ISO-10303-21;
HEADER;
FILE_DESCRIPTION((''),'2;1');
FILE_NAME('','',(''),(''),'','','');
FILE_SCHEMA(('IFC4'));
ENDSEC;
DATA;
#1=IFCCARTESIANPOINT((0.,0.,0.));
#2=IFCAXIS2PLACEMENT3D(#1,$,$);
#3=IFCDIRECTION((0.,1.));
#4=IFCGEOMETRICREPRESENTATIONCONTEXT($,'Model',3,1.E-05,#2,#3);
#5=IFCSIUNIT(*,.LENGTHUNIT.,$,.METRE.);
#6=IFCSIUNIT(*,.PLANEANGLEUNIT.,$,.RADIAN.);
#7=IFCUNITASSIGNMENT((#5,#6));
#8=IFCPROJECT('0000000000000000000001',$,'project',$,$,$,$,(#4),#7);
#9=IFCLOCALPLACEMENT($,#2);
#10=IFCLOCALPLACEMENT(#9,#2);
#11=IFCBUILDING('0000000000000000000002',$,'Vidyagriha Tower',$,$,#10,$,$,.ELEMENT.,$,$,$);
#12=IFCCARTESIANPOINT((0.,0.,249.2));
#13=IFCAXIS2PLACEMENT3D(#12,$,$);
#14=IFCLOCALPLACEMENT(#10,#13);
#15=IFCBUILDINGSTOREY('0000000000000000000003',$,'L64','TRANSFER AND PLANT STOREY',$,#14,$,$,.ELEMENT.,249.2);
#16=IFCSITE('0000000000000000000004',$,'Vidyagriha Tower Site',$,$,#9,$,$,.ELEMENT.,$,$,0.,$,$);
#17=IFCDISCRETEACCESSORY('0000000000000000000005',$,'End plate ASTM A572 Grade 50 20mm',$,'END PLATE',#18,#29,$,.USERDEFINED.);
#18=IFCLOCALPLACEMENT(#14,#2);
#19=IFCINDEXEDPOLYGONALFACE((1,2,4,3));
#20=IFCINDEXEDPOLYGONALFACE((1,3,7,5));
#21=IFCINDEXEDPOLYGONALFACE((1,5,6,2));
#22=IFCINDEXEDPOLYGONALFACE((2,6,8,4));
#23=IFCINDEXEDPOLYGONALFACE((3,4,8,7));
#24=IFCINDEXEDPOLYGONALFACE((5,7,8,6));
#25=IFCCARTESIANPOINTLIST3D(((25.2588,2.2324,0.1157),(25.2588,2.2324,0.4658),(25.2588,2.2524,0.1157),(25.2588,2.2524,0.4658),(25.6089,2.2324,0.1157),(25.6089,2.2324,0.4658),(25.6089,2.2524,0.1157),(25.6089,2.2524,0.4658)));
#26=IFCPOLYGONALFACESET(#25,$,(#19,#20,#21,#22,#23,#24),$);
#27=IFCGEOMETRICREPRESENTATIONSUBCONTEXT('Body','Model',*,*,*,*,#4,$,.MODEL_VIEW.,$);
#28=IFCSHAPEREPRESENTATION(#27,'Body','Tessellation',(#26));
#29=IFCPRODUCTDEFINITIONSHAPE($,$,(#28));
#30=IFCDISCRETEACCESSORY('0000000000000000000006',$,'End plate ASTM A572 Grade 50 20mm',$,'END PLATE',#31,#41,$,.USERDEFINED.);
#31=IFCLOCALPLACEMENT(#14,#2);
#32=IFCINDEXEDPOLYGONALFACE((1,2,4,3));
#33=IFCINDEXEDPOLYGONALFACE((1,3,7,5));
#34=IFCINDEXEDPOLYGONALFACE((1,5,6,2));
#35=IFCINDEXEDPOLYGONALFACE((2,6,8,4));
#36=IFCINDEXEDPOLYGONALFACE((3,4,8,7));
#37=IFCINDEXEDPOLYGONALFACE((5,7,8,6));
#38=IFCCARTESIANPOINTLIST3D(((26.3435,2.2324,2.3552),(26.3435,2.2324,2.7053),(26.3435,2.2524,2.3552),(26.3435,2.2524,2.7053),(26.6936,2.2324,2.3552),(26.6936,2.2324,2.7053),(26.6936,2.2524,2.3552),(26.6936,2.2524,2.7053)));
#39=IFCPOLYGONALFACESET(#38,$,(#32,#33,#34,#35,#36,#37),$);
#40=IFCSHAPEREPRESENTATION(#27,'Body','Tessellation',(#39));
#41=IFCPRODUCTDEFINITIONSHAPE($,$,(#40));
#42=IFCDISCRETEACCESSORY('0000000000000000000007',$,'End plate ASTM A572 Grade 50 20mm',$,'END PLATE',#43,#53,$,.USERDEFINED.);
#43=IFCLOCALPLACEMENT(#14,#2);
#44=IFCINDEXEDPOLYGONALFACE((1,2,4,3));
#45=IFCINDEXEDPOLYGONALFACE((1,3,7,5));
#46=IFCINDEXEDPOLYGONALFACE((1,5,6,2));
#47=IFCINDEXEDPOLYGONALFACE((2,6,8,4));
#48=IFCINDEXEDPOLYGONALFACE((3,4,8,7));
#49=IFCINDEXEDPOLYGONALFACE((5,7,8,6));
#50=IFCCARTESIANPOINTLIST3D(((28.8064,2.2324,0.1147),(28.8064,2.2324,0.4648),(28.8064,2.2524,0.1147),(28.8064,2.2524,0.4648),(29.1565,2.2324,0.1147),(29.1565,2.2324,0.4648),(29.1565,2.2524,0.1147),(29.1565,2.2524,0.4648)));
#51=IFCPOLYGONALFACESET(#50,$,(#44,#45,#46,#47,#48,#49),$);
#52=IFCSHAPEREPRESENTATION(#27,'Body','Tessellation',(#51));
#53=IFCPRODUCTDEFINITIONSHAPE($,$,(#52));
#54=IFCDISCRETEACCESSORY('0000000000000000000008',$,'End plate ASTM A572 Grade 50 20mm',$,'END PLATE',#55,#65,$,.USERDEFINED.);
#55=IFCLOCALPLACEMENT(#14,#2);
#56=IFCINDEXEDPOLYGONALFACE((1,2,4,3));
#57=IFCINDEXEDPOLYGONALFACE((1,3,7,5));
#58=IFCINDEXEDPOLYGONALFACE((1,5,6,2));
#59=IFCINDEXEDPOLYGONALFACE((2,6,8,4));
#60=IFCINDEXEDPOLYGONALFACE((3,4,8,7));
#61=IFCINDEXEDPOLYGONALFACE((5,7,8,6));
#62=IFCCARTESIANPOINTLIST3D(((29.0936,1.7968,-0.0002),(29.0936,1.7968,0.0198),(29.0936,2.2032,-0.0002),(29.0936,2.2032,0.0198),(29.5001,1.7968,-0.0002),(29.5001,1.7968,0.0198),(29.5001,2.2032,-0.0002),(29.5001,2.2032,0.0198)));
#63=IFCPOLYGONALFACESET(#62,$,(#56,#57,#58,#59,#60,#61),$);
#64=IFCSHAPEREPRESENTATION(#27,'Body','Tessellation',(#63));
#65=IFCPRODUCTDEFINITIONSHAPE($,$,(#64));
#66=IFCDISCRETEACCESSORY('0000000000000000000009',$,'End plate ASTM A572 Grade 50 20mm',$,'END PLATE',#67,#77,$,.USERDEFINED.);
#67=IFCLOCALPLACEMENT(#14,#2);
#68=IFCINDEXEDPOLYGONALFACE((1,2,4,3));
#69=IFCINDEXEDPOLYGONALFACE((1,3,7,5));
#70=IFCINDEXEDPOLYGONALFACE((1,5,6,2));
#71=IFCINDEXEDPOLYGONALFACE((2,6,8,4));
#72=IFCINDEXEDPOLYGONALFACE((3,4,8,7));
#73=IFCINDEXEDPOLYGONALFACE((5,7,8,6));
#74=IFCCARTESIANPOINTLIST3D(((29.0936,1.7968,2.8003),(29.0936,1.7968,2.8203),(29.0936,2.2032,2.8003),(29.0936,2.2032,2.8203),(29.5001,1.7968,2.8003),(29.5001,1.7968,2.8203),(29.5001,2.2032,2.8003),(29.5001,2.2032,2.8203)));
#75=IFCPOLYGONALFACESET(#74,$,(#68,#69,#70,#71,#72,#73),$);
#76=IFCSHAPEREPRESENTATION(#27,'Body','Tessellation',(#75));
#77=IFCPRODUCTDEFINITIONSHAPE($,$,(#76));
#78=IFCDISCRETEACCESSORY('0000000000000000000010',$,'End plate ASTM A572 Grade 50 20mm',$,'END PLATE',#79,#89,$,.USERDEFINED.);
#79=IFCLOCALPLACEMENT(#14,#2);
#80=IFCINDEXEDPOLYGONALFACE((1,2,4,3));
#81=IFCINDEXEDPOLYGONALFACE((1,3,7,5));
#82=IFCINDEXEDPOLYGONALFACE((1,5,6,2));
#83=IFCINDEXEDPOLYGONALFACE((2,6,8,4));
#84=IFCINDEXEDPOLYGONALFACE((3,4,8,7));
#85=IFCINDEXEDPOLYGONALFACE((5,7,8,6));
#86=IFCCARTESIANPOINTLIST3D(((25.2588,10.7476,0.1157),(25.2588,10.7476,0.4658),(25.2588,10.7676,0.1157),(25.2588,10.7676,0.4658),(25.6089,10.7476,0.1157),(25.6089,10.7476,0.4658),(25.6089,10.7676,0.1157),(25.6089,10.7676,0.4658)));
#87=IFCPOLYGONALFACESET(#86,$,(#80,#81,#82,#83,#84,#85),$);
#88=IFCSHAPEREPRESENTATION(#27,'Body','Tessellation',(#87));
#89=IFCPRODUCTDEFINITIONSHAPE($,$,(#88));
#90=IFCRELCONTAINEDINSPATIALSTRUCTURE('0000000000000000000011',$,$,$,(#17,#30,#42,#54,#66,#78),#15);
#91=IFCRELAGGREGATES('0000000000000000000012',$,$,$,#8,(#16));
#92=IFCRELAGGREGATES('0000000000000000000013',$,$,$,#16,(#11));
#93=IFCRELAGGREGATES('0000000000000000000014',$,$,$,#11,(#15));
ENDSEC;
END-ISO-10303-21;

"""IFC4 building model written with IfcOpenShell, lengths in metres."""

from ifc_helpers import new_model, si_unit, direction, frame, origin, origin_2d, place, context, subcontext, project, spatial, rectangle, extrude, element, save


model = new_model("IFC4")

# Units and contexts
model_context = context("Model", 3, precision=1e-05, world=origin(), true_north=direction((0.0, 1.0)))
body_context = subcontext(model_context, "Body", "Model", "MODEL_VIEW")
ifc_project = project(units=[si_unit("LENGTHUNIT", "METRE"), si_unit("PLANEANGLEUNIT", "RADIAN")], contexts=[model_context])

# Site, building, storey
site_placement = place(None, origin())
site = spatial("IfcSite", under=ifc_project, at=site_placement, Name="Vidyagriha Tower Site", CompositionType="ELEMENT", RefElevation=0.0)
building_placement = place(site_placement, origin())
building = spatial("IfcBuilding", under=site, at=building_placement, Name="Vidyagriha Tower", CompositionType="ELEMENT")
storey_placement = place(building_placement, frame((0.0, 0.0, 249.2)))
storey = spatial("IfcBuildingStorey", under=building, at=storey_placement, Name="L64", Description="TRANSFER AND PLANT STOREY", CompositionType="ELEMENT", Elevation=249.2)

# Discrete accessories
discrete_accessory_1_placement = place(storey_placement, frame((25.4338, 2.2424, 0.1157)))
element("IfcDiscreteAccessory", 1, at=discrete_accessory_1_placement, inside=storey, Name="End plate ASTM A572 Grade 50 20mm", ObjectType="END PLATE", PredefinedType="USERDEFINED", context=body_context, shape_type="SweptSolid", body=[
    extrude(rectangle(XDim=0.3501, YDim=0.02, at=origin_2d()), origin(), (0.0, 0.0, 1.0), 0.3501),
])
discrete_accessory_2_placement = place(storey_placement, frame((26.5186, 2.2424, 2.3552), z_axis=(0.0, 0.0, 1.0), x_axis=(-1.0, 0.0, 0.0)))
element("IfcDiscreteAccessory", 2, at=discrete_accessory_2_placement, inside=storey, Name="End plate ASTM A572 Grade 50 20mm", ObjectType="END PLATE", PredefinedType="USERDEFINED", context=body_context, shape_type="SweptSolid", body=[
    extrude(rectangle(XDim=0.3501, YDim=0.02, at=origin_2d()), origin(), (0.0, 0.0, 1.0), 0.3501),
])
discrete_accessory_3_placement = place(storey_placement, frame((28.9814, 2.2424, 0.1147)))
element("IfcDiscreteAccessory", 3, at=discrete_accessory_3_placement, inside=storey, Name="End plate ASTM A572 Grade 50 20mm", ObjectType="END PLATE", PredefinedType="USERDEFINED", context=body_context, shape_type="SweptSolid", body=[
    extrude(rectangle(XDim=0.3501, YDim=0.02, at=origin_2d()), origin(), (0.0, 0.0, 1.0), 0.3501),
])
for number, where, name in (
    (4, (29.2969, 2.0, -0.0002), "End plate ASTM A572 Grade 50 20mm"),
    (5, (29.2969, 2.0, 2.8003), "End plate ASTM A572 Grade 50 20mm"),
):
    element("IfcDiscreteAccessory", number, at=place(storey_placement, frame(where)), inside=storey, Name=name, ObjectType="END PLATE", PredefinedType="USERDEFINED", context=body_context, shape_type="SweptSolid", body=[
        extrude(rectangle(XDim=0.4065, YDim=0.4065, at=origin_2d()), origin(), (0.0, 0.0, 1.0), 0.02),
    ])
discrete_accessory_4_placement = place(storey_placement, frame((25.4338, 10.7576, 0.1157)))
element("IfcDiscreteAccessory", 6, at=discrete_accessory_4_placement, inside=storey, Name="End plate ASTM A572 Grade 50 20mm", ObjectType="END PLATE", PredefinedType="USERDEFINED", context=body_context, shape_type="SweptSolid", body=[
    extrude(rectangle(XDim=0.3501, YDim=0.02, at=origin_2d()), origin(), (0.0, 0.0, 1.0), 0.3501),
])

save(model, "model.ifc")
